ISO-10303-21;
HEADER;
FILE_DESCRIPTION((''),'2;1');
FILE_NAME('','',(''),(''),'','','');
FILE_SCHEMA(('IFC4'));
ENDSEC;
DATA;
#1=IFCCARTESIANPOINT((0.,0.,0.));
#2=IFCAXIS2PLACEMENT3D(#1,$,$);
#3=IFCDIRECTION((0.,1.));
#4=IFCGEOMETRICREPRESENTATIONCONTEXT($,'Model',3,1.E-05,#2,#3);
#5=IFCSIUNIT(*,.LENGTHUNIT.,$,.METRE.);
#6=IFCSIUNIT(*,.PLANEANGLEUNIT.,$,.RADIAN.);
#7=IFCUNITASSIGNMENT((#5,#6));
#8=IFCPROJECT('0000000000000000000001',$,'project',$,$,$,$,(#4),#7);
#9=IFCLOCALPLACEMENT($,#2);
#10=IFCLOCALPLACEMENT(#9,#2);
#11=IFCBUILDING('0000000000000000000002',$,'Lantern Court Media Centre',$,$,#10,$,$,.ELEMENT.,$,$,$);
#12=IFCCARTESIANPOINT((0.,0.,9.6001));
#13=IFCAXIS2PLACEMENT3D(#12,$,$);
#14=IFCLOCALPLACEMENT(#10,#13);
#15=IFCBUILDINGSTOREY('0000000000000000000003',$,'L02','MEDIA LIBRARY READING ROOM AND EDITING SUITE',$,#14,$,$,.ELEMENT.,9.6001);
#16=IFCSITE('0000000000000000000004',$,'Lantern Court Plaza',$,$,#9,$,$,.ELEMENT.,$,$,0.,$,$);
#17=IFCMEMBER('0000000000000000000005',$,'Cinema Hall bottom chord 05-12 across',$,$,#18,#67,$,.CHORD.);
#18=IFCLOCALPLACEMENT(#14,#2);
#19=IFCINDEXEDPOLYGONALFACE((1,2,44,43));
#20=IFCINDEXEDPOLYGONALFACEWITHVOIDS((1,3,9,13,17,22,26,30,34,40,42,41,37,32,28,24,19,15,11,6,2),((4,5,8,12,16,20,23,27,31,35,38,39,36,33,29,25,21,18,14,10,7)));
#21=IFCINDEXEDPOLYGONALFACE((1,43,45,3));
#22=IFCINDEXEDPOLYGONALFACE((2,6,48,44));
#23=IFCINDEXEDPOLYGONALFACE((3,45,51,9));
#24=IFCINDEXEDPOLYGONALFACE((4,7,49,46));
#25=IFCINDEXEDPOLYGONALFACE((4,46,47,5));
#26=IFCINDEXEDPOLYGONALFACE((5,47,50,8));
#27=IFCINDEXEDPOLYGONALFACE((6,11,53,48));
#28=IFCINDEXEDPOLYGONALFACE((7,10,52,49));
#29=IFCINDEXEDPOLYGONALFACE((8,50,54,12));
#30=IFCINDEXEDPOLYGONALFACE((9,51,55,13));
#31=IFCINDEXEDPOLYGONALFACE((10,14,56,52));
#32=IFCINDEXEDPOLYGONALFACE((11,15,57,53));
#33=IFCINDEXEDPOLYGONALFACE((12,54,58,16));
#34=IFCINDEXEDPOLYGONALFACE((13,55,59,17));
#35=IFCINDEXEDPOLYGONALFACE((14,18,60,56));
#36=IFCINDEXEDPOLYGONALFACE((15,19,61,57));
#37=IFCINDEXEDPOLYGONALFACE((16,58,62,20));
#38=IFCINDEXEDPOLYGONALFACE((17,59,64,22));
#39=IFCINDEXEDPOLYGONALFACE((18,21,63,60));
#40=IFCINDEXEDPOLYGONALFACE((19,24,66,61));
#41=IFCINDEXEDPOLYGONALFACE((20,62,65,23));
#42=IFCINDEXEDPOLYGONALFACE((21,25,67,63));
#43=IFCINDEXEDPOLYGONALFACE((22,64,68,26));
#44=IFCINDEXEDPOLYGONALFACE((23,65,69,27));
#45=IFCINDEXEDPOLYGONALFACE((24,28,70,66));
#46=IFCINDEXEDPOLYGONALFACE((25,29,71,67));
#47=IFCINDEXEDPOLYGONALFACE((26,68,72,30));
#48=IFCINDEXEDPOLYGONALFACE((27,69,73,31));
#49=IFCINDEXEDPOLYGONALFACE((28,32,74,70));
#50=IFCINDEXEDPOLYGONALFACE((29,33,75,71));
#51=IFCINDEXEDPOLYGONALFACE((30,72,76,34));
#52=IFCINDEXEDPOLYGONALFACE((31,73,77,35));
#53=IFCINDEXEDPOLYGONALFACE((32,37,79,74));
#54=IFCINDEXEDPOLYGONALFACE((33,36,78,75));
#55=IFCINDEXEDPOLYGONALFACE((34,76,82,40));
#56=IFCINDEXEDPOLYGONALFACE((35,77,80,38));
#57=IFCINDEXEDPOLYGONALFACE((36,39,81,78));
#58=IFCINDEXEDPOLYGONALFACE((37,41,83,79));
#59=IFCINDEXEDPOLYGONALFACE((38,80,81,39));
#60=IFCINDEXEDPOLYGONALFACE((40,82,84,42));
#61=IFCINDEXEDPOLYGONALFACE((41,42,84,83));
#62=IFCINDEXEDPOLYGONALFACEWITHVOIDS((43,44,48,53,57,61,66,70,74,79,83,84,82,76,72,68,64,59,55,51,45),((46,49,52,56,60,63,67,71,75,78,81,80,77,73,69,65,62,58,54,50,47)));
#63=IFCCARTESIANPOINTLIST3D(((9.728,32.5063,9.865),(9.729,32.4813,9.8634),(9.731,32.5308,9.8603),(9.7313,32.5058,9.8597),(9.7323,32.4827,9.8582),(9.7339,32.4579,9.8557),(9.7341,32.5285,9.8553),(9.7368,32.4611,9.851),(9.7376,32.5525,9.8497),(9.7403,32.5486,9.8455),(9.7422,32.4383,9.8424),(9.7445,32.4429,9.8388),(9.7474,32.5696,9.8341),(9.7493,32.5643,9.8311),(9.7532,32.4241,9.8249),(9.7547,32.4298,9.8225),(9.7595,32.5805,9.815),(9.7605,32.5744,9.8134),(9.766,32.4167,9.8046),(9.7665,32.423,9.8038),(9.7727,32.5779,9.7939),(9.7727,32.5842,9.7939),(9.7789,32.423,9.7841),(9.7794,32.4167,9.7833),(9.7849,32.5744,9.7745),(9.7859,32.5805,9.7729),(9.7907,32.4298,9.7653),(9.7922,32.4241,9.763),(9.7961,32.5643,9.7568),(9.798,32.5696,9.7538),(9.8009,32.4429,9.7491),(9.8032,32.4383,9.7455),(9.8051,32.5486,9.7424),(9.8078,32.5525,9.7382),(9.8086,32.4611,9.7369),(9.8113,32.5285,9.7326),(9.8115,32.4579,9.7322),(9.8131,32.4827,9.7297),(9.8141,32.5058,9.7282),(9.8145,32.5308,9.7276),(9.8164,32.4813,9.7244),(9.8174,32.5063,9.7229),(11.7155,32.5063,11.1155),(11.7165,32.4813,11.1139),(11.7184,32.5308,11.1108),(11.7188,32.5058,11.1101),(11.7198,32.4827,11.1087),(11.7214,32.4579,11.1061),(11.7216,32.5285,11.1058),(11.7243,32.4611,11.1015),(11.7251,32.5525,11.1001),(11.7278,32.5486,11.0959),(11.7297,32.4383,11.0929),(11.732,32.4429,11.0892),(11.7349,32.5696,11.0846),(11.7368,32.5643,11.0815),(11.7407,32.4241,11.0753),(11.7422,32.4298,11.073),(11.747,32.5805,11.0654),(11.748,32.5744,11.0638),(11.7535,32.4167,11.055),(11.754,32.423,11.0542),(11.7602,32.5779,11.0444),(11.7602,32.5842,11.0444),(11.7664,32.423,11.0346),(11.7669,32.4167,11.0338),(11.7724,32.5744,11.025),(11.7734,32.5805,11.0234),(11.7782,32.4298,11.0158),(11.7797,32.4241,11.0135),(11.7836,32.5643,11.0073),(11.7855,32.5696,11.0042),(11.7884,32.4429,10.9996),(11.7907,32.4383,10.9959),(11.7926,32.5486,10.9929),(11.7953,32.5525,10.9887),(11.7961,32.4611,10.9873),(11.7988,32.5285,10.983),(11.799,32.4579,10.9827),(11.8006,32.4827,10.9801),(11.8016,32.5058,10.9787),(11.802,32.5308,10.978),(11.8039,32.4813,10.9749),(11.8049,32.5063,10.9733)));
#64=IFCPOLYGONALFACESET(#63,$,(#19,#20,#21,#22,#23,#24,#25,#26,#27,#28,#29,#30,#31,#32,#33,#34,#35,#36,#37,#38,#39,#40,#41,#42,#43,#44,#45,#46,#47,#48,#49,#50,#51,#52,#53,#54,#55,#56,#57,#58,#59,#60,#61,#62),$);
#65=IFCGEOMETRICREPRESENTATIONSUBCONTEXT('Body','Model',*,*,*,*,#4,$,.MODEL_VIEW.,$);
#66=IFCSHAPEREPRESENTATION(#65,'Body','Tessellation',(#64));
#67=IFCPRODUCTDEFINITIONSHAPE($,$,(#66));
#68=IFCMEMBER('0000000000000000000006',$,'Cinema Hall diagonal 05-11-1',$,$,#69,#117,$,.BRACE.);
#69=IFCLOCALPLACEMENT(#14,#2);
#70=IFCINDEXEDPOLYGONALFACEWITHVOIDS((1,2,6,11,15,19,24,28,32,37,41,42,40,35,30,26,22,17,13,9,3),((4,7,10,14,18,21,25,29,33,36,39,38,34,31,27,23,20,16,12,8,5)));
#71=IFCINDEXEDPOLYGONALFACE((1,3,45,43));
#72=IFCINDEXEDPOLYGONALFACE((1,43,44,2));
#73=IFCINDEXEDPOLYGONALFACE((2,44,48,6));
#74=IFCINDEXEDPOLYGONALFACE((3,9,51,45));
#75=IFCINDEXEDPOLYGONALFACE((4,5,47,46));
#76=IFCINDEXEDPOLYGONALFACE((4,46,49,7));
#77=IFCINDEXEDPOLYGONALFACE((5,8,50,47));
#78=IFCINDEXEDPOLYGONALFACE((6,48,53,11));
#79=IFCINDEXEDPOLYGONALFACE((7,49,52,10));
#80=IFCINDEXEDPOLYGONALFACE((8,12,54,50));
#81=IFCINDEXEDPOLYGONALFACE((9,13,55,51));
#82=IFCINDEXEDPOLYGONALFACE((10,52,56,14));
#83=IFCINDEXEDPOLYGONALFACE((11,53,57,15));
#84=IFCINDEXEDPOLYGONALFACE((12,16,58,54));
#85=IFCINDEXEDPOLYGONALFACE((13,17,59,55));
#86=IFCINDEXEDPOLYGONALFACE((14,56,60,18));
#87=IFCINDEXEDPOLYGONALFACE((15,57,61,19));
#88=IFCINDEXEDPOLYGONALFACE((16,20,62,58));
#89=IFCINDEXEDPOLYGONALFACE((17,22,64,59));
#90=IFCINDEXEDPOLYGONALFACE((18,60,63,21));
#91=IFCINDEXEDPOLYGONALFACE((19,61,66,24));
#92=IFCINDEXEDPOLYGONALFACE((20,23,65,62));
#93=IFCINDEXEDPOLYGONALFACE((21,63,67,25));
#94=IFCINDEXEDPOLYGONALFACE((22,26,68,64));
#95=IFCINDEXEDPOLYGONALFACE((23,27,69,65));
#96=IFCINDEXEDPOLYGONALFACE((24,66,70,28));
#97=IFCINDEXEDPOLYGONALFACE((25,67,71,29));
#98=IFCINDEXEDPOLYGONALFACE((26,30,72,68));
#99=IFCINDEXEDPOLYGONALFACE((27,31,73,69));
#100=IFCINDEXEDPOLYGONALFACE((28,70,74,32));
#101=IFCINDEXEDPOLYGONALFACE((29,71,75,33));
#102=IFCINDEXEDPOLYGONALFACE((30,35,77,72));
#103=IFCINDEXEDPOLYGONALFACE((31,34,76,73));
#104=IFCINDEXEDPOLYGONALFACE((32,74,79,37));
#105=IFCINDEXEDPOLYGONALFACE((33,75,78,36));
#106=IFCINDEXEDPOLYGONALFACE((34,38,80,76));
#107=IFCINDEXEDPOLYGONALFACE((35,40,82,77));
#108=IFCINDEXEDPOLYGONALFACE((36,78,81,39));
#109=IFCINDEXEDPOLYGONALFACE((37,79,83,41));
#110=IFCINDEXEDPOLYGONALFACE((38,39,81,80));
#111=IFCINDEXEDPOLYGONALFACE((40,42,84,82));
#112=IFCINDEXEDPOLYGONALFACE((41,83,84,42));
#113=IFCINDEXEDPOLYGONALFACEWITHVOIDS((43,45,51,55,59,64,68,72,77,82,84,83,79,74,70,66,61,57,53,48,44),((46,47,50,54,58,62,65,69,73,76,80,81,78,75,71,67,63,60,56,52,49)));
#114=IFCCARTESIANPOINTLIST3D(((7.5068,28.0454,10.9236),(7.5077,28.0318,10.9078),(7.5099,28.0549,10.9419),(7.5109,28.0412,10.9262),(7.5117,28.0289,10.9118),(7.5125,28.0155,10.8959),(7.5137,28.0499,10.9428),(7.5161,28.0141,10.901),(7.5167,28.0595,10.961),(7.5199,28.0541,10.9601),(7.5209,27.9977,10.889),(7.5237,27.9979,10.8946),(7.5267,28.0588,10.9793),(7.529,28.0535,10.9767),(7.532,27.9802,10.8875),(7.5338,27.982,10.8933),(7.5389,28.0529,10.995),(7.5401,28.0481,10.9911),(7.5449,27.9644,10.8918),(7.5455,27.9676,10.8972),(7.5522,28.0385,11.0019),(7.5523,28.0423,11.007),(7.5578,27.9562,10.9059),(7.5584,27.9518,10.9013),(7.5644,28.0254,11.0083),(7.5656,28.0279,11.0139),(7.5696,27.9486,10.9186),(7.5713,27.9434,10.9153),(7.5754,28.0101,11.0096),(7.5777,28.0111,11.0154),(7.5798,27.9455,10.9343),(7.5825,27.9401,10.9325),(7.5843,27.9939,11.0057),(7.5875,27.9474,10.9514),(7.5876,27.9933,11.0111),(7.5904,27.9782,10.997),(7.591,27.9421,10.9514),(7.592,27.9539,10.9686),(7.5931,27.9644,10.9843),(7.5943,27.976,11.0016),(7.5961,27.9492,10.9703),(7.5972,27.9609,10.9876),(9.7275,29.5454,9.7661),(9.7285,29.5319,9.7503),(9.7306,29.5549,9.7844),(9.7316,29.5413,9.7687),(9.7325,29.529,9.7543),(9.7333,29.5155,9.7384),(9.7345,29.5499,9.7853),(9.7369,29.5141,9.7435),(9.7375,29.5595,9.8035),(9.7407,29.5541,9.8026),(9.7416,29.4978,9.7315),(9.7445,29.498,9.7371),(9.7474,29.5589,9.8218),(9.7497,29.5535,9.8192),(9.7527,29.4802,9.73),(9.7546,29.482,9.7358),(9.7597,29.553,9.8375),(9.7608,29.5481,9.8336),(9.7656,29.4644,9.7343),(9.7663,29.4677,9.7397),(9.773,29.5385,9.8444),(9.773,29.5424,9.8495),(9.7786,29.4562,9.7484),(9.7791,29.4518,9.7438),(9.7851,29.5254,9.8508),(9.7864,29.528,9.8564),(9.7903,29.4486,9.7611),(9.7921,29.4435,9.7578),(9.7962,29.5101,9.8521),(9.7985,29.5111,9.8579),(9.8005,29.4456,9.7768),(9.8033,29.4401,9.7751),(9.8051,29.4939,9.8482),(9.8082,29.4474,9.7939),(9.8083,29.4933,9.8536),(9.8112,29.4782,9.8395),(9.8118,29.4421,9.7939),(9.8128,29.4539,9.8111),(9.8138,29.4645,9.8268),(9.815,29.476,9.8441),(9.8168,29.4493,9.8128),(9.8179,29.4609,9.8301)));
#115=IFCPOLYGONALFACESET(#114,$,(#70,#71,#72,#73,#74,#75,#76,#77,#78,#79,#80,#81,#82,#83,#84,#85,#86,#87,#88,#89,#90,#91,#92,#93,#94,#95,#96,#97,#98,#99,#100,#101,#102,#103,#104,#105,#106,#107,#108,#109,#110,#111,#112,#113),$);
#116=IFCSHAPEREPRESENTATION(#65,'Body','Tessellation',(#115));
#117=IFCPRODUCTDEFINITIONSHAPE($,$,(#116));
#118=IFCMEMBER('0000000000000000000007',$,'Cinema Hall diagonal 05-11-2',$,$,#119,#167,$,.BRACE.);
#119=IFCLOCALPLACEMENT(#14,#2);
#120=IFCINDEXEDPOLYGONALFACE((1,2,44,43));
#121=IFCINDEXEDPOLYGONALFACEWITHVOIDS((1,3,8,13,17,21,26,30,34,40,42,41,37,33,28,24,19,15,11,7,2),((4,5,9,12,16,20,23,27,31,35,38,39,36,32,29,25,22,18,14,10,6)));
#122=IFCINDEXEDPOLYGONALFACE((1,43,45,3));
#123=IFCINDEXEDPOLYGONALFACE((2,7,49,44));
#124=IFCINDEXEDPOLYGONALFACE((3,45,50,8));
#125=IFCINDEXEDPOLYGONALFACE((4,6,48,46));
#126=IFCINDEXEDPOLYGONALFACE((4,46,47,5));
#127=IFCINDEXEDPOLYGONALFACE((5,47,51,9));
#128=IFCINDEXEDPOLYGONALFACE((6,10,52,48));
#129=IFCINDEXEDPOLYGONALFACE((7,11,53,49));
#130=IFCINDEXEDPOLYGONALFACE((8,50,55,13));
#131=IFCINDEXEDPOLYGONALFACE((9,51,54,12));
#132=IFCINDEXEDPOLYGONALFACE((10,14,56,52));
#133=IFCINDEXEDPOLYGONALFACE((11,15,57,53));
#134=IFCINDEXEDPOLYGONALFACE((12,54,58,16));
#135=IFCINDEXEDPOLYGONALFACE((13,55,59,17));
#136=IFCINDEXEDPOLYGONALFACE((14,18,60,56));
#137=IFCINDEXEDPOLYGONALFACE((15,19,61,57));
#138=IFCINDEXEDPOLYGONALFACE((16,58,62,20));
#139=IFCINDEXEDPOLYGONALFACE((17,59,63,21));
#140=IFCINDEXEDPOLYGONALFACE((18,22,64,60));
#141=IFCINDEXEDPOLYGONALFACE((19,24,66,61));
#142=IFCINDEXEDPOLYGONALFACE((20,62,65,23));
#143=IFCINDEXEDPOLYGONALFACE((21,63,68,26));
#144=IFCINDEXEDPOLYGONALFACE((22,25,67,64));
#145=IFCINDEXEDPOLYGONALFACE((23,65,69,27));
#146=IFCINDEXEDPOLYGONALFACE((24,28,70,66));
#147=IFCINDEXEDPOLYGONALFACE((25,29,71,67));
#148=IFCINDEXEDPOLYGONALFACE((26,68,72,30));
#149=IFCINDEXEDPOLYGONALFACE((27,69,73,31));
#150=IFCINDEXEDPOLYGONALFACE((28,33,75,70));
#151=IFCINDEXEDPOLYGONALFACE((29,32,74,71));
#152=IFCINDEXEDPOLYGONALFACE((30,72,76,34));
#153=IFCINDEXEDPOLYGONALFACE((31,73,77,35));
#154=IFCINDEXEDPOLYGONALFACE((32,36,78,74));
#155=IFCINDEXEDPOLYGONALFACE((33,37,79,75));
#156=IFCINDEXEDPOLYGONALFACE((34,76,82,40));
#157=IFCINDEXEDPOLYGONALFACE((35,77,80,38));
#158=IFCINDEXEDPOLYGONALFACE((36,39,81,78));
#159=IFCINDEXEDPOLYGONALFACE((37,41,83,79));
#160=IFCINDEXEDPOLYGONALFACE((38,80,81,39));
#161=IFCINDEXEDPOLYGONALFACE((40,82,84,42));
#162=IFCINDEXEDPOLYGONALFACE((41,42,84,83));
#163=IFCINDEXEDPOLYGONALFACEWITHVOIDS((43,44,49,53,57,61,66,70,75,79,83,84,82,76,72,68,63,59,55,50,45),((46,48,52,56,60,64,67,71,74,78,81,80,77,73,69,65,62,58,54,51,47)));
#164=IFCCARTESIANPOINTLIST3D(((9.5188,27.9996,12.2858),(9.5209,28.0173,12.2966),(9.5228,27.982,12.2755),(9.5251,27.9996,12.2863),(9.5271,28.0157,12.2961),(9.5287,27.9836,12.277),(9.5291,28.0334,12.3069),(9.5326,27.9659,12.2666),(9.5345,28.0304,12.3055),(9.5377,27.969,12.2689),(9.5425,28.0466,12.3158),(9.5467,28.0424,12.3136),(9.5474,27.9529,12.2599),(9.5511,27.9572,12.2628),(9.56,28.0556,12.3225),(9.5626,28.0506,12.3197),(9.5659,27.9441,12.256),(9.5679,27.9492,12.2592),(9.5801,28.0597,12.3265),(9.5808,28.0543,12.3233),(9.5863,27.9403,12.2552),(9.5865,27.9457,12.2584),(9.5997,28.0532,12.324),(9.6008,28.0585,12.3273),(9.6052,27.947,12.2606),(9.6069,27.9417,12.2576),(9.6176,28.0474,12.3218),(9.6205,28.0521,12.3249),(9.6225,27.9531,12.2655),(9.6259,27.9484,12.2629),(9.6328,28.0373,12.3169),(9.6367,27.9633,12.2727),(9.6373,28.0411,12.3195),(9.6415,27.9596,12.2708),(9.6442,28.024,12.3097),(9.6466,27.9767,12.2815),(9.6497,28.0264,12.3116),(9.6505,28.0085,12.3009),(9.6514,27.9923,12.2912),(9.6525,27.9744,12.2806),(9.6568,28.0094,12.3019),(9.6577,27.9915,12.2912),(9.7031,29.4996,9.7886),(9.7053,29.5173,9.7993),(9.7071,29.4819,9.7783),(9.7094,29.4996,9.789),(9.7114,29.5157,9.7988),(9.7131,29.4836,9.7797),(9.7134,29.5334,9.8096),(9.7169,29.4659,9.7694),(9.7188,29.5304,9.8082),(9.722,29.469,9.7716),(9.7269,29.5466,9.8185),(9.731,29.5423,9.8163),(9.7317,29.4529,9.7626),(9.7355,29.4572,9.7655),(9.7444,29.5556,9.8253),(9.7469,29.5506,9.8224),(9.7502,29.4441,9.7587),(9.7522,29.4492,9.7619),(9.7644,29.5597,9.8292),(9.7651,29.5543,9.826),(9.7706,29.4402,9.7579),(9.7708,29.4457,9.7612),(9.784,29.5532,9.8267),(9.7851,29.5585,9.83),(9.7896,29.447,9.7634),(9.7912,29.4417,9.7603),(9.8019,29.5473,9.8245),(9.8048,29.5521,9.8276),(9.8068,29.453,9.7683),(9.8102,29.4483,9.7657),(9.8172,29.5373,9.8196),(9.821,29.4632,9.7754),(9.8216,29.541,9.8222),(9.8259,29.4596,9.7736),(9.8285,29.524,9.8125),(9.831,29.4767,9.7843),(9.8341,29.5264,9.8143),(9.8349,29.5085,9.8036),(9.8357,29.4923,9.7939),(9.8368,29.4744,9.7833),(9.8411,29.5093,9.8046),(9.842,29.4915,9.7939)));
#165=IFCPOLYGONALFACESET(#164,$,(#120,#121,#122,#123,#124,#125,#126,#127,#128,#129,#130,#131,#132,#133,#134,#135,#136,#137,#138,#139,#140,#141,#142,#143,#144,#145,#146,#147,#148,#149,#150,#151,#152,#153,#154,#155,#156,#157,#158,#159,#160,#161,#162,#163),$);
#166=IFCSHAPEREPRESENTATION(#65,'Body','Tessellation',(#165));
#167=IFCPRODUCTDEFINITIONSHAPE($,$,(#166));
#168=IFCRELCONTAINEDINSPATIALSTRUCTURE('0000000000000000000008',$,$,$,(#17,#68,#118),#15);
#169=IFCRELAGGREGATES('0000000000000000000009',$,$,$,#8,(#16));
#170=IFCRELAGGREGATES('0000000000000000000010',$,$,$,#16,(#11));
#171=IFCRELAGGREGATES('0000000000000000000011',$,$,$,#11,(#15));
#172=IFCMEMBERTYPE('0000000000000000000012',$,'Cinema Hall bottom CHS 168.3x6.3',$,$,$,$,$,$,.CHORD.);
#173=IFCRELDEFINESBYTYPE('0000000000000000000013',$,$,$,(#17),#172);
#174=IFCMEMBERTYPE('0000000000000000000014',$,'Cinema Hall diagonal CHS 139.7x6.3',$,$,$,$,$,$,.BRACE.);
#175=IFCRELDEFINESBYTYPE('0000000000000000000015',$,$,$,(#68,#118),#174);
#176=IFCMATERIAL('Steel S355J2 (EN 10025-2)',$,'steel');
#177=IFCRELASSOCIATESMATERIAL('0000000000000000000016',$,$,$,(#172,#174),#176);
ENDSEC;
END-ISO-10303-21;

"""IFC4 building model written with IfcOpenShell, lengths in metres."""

from ifc_helpers import new_model, si_unit, direction, frame, origin, origin_2d, place, context, subcontext, project, spatial, hollow_circle, extrude, material, material_profile, profile_set, type_object, element, save


model = new_model("IFC4")

# Units and contexts
model_context = context("Model", 3, precision=1e-05, world=origin(), true_north=direction((0.0, 1.0)))
body_context = subcontext(model_context, "Body", "Model", "MODEL_VIEW")
ifc_project = project(units=[si_unit("LENGTHUNIT", "METRE"), si_unit("PLANEANGLEUNIT", "RADIAN")], contexts=[model_context])

# Site, building, storey
site_placement = place(None, origin())
site = spatial("IfcSite", under=ifc_project, at=site_placement, Name="Lantern Court Plaza", CompositionType="ELEMENT", RefElevation=0.0)
building_placement = place(site_placement, origin())
building = spatial("IfcBuilding", under=site, at=building_placement, Name="Lantern Court Media Centre", CompositionType="ELEMENT")
storey_placement = place(building_placement, frame((0.0, 0.0, 9.6001)))
storey = spatial("IfcBuildingStorey", under=building, at=storey_placement, Name="L02", Description="MEDIA LIBRARY READING ROOM AND EDITING SUITE", CompositionType="ELEMENT", Elevation=9.6001)

# Members
ifc_material = material(Name="Steel S355J2 (EN 10025-2)", Category="steel")
ifc_material_profile_1 = material_profile(ifc_material, hollow_circle(Radius=0.0842, WallThickness=0.0063, at=origin_2d()), Name="Cinema Hall bottom CHS 168.3x6.3")
ifc_profile_set_1 = profile_set([ifc_material_profile_1], Name="Steel S355J2 (EN 10025-2)")
member_type_1 = type_object("IfcMemberType", Name="Cinema Hall bottom CHS 168.3x6.3", PredefinedType="CHORD", material=ifc_profile_set_1)
for number, where, z_axis, x_axis, name in (
    (1, (9.7727, 32.5, 9.7939), (0.846412, 0.0, 0.532529), (0.0, 1.0, 0.0), "Cinema Hall bottom chord 05-12 across"),
):
    element("IfcMember", number, at=place(storey_placement, frame(where, z_axis=z_axis, x_axis=x_axis)), inside=storey, type_object=member_type_1, Name=name, PredefinedType="CHORD", context=body_context, shape_type="SweptSolid", body=[
        extrude(hollow_circle(Radius=0.0842, WallThickness=0.0063, at=origin_2d()), origin(), (0.0, 0.0, 1.0), 2.3481),
    ])
ifc_material_profile_2 = material_profile(ifc_material, hollow_circle(Radius=0.0698, WallThickness=0.0063, at=origin_2d()), Name="Cinema Hall diagonal CHS 139.7x6.3")
ifc_profile_set_2 = profile_set([ifc_material_profile_2], Name="Steel S355J2 (EN 10025-2)")
member_type_2 = type_object("IfcMemberType", Name="Cinema Hall diagonal CHS 139.7x6.3", PredefinedType="BRACE", material=ifc_profile_set_2)
member_1_placement = place(storey_placement, frame((9.7727, 29.5, 9.7939), z_axis=(-0.760744, -0.513854, 0.396514), x_axis=(0.559736, -0.828671, 0.0)))
element("IfcMember", 2, at=member_1_placement, inside=storey, type_object=member_type_2, Name="Cinema Hall diagonal 05-11-1", PredefinedType="BRACE", context=body_context, shape_type="SweptSolid", body=[
    extrude(hollow_circle(Radius=0.0698, WallThickness=0.0063, at=origin_2d()), origin(), (0.0, 0.0, 1.0), 2.9192),
])
for number, where, z_axis, x_axis, name in (
    (3, (9.7727, 29.5, 9.7939), (-0.063147, -0.513875, 0.855538), (0.992534, -0.121967, 0.0), "Cinema Hall diagonal 05-11-2"),
):
    element("IfcMember", number, at=place(storey_placement, frame(where, z_axis=z_axis, x_axis=x_axis)), inside=storey, type_object=member_type_2, Name=name, PredefinedType="BRACE", context=body_context, shape_type="SweptSolid", body=[
        extrude(hollow_circle(Radius=0.0698, WallThickness=0.0063, at=origin_2d()), origin(), (0.0, 0.0, 1.0), 2.9189),
    ])

save(model, "model.ifc")
